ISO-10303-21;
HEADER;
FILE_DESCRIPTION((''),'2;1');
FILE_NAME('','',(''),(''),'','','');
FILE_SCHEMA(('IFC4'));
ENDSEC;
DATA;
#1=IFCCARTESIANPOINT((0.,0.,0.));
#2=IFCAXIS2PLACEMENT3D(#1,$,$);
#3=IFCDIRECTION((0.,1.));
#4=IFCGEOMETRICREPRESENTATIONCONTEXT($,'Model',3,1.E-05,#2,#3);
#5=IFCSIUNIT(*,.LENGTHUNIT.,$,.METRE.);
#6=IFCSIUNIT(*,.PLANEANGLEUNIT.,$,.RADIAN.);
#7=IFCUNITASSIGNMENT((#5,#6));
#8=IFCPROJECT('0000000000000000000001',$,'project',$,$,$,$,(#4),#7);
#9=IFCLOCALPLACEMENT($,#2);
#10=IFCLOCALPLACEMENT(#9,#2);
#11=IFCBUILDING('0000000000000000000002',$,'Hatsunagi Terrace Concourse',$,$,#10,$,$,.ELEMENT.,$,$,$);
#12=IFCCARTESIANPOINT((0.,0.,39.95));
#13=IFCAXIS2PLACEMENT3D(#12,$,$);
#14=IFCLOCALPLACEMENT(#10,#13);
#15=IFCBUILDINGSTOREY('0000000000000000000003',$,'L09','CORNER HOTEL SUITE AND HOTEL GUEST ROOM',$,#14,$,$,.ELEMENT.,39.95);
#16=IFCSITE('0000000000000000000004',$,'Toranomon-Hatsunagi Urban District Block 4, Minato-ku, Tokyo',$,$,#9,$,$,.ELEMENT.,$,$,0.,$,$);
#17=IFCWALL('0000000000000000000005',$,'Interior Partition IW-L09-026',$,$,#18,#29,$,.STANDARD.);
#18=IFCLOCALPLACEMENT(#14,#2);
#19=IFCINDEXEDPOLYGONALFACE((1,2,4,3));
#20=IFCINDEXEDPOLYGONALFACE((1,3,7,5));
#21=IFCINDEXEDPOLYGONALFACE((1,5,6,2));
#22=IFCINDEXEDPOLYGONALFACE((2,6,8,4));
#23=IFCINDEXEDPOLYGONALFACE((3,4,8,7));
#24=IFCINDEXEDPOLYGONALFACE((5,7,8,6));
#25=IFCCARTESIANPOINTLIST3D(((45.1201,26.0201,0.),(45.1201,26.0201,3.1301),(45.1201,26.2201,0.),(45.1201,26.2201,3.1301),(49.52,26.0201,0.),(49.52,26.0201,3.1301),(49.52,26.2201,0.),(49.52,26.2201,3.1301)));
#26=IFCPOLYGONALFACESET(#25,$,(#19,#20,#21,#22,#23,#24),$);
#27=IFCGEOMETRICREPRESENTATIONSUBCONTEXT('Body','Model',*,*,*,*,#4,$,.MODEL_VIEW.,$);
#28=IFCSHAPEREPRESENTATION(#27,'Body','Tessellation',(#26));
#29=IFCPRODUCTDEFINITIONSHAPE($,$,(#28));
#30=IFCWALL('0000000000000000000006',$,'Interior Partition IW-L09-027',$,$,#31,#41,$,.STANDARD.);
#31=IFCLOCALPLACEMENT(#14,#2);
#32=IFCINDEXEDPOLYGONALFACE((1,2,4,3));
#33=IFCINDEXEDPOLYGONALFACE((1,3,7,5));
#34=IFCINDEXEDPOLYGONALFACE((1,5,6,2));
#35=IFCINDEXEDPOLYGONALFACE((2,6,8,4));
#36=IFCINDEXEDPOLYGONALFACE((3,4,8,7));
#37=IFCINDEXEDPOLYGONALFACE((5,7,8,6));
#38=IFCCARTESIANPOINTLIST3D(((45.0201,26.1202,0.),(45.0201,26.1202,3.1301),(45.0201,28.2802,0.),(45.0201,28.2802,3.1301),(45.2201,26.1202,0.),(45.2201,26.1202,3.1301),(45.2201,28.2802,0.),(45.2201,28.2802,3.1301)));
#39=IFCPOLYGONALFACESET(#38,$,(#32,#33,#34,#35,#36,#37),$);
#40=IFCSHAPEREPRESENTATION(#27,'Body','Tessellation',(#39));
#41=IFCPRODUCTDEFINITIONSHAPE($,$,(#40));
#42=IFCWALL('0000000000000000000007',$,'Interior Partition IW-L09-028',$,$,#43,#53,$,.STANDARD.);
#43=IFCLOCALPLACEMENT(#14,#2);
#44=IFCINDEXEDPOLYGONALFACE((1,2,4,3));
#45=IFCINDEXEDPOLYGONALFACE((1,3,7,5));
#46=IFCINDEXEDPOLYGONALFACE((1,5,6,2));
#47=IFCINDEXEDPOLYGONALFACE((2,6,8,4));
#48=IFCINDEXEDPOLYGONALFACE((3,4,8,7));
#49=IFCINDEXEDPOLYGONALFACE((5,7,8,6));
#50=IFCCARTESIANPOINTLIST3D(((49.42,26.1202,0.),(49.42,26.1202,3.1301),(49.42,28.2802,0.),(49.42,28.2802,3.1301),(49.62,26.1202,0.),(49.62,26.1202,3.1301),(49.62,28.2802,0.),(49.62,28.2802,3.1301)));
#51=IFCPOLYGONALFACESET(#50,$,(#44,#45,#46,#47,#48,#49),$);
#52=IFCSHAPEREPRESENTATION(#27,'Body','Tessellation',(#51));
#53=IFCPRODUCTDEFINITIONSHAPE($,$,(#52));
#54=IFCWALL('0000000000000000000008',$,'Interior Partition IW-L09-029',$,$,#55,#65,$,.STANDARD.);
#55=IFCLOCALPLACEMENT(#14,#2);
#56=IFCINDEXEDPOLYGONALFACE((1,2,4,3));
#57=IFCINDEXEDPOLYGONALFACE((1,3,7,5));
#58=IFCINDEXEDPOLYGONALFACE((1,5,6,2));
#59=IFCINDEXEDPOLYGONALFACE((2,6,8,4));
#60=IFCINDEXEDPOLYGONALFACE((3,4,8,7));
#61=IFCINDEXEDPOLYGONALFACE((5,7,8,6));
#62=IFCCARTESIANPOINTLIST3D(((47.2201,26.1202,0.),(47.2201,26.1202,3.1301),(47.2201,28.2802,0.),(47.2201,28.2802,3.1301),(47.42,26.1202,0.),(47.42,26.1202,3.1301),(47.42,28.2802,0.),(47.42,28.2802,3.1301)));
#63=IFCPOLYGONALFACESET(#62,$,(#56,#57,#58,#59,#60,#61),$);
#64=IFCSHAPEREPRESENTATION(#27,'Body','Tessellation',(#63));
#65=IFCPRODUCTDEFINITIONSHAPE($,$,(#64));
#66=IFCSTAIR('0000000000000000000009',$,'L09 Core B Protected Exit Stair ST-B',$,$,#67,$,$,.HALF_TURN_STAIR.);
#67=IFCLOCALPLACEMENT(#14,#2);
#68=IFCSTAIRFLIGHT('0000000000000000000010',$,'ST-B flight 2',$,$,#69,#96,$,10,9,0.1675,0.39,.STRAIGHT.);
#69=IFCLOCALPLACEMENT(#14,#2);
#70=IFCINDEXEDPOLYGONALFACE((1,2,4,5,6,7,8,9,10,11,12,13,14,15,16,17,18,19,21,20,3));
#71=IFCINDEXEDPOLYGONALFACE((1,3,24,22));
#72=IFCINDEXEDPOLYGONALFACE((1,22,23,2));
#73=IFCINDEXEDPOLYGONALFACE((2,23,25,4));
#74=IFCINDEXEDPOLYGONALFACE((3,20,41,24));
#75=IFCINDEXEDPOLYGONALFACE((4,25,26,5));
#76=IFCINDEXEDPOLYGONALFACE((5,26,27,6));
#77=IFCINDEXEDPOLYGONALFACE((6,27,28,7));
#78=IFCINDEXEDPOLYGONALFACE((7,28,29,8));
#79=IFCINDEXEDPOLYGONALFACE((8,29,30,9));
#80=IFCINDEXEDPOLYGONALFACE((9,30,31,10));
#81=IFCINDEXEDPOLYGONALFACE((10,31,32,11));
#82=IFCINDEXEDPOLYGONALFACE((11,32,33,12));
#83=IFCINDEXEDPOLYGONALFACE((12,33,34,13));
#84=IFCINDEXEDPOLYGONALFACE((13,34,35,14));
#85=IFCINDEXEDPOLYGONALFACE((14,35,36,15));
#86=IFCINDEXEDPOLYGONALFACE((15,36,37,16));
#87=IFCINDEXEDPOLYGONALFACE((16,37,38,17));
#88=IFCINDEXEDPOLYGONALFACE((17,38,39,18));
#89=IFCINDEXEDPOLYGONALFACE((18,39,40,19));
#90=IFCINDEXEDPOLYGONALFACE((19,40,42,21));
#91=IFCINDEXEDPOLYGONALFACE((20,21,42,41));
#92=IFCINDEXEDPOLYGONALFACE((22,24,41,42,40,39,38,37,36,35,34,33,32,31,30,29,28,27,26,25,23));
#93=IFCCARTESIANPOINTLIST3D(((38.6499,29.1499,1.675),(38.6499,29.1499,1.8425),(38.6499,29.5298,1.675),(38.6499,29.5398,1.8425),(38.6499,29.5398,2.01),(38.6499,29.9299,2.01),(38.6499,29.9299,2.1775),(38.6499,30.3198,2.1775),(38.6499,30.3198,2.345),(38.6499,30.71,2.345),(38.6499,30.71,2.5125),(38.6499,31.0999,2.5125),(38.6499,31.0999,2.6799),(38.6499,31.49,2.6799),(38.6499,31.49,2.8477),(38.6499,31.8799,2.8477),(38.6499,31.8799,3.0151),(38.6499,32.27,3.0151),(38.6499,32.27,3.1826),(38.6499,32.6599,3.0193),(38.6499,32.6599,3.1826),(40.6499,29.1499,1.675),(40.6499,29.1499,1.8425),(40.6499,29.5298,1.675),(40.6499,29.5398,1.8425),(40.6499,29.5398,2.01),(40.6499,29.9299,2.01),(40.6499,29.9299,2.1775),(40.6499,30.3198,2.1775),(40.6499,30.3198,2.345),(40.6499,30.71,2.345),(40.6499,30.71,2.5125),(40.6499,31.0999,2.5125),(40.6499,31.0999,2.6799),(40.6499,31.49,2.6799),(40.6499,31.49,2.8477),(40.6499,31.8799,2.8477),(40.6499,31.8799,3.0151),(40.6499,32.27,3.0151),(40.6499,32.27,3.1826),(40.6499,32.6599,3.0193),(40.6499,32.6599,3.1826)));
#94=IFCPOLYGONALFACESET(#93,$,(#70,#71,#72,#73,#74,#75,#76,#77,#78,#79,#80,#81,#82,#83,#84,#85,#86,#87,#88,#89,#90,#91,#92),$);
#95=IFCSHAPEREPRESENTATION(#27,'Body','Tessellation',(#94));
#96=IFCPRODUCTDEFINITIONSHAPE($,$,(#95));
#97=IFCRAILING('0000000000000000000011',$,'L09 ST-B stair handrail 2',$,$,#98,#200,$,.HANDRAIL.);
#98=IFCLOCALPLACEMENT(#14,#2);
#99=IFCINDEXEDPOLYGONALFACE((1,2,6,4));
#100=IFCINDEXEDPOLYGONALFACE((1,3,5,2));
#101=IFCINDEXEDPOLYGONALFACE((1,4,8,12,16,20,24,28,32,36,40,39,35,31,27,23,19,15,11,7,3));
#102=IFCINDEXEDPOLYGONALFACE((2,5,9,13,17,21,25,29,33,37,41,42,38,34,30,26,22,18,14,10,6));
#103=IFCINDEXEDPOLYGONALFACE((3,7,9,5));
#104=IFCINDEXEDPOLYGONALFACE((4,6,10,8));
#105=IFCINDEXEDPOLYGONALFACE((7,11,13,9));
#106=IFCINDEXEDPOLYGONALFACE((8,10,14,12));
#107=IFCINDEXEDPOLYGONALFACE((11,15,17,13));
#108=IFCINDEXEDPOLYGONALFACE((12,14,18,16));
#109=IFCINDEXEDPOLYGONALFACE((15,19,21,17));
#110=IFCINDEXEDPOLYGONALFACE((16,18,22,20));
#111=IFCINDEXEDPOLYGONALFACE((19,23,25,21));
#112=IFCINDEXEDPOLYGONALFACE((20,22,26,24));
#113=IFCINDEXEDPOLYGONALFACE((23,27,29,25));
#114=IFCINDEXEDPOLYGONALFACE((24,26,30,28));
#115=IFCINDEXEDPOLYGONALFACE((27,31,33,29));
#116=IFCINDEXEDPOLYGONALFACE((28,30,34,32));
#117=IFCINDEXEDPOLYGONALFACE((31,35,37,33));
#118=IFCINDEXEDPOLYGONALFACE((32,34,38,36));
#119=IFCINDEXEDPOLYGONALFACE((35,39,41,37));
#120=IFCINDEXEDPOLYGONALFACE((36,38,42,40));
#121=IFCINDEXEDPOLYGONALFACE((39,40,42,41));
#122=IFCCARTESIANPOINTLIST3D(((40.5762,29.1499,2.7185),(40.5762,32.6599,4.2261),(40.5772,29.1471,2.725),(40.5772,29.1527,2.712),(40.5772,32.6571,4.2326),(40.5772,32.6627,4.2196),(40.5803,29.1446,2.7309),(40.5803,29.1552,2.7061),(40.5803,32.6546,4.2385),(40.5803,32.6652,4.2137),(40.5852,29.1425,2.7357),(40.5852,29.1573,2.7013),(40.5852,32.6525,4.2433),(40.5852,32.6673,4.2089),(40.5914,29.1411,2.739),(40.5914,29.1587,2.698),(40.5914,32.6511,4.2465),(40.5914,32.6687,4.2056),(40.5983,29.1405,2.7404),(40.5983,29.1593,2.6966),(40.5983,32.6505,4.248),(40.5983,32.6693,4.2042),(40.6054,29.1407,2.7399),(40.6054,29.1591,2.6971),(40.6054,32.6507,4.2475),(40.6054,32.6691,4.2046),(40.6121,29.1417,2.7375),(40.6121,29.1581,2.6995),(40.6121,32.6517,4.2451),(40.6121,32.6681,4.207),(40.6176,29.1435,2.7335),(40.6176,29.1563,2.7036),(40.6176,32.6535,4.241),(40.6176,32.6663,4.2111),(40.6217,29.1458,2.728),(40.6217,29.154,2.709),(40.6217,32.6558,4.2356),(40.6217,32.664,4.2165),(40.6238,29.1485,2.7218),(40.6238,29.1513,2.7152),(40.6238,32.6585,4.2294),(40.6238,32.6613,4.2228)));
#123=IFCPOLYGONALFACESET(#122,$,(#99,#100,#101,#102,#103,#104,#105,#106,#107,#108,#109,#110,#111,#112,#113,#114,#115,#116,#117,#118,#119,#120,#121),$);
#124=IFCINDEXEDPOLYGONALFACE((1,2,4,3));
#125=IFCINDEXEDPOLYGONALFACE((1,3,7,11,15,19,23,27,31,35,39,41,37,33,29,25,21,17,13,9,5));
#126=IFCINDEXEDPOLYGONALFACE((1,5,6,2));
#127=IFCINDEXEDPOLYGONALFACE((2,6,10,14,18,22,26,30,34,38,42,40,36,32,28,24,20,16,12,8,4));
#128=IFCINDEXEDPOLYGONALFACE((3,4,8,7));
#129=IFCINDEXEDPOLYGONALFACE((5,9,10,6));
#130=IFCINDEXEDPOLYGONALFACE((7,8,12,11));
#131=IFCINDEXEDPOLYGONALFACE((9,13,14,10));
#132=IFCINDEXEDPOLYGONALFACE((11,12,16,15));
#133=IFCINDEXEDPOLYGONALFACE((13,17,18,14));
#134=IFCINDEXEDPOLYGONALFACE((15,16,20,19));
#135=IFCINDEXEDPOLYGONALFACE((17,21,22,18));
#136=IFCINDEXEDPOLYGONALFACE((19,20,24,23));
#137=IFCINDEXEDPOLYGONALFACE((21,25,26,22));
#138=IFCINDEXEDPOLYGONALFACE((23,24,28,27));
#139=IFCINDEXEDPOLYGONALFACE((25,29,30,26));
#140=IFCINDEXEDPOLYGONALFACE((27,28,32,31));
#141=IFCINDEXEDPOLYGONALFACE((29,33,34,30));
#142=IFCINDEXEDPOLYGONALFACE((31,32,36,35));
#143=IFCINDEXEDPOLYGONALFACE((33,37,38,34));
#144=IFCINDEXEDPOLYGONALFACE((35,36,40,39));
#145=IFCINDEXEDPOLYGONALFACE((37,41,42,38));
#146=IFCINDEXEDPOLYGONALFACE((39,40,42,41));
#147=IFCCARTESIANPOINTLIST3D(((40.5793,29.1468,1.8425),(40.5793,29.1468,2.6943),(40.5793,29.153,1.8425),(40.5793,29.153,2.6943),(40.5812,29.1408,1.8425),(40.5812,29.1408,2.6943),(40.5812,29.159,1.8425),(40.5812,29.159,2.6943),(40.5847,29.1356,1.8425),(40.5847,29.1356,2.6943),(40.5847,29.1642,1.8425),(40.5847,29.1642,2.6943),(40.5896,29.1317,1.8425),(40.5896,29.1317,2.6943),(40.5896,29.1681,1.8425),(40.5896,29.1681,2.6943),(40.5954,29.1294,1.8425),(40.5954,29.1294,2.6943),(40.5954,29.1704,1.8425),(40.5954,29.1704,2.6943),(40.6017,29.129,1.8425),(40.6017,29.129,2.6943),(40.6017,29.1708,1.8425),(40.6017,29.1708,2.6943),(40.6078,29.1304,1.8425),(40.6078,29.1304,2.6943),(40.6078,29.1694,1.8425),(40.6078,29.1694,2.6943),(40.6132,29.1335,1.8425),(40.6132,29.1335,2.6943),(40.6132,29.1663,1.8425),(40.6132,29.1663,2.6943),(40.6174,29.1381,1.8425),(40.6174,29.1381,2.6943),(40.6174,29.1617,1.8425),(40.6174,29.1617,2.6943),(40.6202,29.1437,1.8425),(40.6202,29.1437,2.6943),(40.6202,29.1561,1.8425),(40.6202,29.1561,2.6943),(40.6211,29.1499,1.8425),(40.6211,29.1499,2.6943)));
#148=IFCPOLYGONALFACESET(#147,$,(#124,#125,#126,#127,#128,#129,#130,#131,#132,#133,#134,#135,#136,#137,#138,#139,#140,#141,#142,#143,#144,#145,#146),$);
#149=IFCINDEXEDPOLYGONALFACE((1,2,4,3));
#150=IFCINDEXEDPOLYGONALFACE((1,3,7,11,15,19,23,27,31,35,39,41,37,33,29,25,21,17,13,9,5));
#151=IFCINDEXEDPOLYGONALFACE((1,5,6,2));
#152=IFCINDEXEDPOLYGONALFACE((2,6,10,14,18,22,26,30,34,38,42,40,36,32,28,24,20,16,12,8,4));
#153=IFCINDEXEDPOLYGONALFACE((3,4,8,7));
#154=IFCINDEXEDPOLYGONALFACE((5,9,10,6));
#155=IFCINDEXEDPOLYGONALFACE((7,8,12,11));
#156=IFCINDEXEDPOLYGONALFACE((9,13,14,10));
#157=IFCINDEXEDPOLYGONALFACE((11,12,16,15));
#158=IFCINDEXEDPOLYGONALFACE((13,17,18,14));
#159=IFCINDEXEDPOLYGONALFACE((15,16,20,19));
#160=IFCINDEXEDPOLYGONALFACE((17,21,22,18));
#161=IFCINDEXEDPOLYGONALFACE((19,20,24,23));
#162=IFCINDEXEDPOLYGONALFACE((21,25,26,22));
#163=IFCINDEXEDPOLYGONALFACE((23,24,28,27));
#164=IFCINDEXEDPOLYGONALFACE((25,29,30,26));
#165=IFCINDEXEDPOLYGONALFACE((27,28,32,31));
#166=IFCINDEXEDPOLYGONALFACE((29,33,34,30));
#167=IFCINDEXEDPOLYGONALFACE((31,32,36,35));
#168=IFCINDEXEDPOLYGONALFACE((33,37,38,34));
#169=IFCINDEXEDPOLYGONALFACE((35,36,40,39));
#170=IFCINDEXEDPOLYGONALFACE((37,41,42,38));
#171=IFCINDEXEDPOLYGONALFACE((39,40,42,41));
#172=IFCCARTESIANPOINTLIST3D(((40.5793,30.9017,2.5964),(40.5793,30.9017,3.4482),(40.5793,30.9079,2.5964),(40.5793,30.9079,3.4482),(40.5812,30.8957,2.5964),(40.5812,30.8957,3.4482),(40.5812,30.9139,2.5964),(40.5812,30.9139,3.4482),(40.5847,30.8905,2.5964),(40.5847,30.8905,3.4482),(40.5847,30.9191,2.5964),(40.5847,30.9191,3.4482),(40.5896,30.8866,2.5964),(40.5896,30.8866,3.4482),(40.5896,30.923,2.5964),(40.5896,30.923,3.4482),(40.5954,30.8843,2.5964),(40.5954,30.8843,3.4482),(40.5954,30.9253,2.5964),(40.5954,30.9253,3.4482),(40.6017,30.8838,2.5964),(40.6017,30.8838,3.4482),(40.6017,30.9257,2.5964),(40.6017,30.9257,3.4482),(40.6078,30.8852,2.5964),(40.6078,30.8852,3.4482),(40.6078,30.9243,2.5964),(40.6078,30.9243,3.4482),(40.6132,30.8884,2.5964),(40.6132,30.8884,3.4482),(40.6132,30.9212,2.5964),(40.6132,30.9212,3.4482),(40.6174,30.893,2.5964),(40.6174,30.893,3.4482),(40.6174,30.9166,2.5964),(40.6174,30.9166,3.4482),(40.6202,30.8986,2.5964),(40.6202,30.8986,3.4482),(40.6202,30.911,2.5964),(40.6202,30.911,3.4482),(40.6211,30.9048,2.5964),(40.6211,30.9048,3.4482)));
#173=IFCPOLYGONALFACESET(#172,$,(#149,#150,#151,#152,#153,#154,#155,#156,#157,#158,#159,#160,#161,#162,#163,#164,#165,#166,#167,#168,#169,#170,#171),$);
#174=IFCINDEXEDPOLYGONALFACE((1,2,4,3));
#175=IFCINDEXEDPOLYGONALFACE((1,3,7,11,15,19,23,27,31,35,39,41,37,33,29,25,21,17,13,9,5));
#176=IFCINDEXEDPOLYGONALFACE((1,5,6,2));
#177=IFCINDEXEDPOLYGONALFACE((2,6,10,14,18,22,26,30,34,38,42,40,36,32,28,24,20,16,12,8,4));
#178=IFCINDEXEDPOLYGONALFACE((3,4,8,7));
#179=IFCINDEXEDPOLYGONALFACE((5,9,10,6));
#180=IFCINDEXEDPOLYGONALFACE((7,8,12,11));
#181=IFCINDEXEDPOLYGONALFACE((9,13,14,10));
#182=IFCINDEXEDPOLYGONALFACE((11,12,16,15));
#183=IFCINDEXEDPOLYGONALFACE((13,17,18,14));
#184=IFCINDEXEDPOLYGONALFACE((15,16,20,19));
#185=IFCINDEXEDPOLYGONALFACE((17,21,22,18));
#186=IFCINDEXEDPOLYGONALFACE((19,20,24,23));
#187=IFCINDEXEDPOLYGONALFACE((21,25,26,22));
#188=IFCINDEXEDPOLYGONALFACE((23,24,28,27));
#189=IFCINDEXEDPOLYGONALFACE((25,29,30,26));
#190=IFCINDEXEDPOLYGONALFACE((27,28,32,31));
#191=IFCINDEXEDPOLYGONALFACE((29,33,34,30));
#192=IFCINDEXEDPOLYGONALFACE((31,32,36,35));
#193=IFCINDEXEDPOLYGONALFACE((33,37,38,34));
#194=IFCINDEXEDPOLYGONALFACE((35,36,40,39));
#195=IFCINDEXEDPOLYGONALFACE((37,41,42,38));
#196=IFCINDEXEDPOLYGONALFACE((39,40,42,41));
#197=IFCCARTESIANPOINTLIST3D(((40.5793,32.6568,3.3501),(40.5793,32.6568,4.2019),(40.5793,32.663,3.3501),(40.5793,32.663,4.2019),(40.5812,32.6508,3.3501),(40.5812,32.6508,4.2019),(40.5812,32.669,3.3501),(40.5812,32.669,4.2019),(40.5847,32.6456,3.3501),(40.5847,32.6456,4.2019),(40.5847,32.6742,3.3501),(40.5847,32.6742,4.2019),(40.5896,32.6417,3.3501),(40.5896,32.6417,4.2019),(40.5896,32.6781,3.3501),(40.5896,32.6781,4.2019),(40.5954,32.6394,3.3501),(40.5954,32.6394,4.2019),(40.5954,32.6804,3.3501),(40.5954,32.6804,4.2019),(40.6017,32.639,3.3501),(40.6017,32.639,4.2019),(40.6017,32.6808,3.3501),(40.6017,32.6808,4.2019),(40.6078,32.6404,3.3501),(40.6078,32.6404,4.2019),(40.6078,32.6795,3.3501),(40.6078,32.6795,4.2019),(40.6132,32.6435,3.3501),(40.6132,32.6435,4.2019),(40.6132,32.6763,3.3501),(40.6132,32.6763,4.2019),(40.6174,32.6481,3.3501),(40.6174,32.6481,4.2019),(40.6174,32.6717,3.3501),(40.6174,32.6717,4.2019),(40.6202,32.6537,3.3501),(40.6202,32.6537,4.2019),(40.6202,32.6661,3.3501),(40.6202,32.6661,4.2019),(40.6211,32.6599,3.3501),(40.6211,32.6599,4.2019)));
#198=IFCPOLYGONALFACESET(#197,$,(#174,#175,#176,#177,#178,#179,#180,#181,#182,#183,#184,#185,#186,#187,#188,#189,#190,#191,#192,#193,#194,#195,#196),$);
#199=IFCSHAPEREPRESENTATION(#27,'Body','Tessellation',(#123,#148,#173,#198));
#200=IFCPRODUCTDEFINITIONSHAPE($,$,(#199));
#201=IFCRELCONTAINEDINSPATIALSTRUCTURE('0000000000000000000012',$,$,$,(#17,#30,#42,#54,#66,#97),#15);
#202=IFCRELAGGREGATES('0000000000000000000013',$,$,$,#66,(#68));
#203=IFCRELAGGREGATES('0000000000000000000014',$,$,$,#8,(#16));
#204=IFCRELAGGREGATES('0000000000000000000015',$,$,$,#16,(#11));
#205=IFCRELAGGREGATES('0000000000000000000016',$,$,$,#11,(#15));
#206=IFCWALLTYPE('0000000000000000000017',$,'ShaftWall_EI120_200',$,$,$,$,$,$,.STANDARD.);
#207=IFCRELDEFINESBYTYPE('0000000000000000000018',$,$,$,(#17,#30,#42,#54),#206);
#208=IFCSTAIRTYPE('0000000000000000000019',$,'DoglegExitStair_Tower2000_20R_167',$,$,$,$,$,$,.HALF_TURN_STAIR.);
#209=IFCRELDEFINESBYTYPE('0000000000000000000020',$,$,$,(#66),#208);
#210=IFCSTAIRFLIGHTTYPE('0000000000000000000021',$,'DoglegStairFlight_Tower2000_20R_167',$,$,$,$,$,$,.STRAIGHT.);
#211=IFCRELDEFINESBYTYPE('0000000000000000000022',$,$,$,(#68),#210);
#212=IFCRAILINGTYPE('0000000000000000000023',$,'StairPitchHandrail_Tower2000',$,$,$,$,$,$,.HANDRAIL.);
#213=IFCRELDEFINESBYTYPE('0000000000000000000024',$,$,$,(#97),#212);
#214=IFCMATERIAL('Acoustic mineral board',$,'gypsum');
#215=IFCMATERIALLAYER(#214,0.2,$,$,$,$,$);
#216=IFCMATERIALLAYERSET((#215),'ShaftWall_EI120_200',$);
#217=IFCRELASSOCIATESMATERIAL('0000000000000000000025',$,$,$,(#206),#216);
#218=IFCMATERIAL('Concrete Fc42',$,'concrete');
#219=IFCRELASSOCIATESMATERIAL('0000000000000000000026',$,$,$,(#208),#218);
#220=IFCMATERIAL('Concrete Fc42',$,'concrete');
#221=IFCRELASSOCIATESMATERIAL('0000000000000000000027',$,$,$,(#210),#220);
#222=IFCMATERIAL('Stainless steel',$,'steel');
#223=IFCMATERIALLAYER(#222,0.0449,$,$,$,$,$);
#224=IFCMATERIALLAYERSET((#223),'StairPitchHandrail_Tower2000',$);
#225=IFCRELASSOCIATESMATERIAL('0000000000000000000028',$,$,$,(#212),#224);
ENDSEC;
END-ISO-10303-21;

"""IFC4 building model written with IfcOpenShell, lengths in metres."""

from ifc_helpers import new_model, si_unit, direction, frame, frame_2d, origin, origin_2d, place, context, subcontext, project, spatial, polyline, rectangle, circle, outline, extrude, material, layer, layer_set, type_object, element, aggregate, save


model = new_model("IFC4")

# Units and contexts
model_context = context("Model", 3, precision=1e-05, world=origin(), true_north=direction((0.0, 1.0)))
body_context = subcontext(model_context, "Body", "Model", "MODEL_VIEW")
ifc_project = project(units=[si_unit("LENGTHUNIT", "METRE"), si_unit("PLANEANGLEUNIT", "RADIAN")], contexts=[model_context])

# Site, building, storey
site_placement = place(None, origin())
site = spatial("IfcSite", under=ifc_project, at=site_placement, Name="Toranomon-Hatsunagi Urban District Block 4, Minato-ku, Tokyo", CompositionType="ELEMENT", RefElevation=0.0)
building_placement = place(site_placement, origin())
building = spatial("IfcBuilding", under=site, at=building_placement, Name="Hatsunagi Terrace Concourse", CompositionType="ELEMENT")
storey_placement = place(building_placement, frame((0.0, 0.0, 39.95)))
storey = spatial("IfcBuildingStorey", under=building, at=storey_placement, Name="L09", Description="CORNER HOTEL SUITE AND HOTEL GUEST ROOM", CompositionType="ELEMENT", Elevation=39.95)

# Walls
ifc_material_1 = material(Name="Acoustic mineral board", Category="gypsum")
ifc_layer_1 = layer(ifc_material_1, 0.2)
ifc_layer_set_1 = layer_set([ifc_layer_1], Name="ShaftWall_EI120_200")
wall_type_1 = type_object("IfcWallType", Name="ShaftWall_EI120_200", PredefinedType="STANDARD", material=ifc_layer_set_1)
wall_1_placement = place(storey_placement, frame((45.1201, 26.1201, 0.0), z_axis=(0.0, 0.0, 1.0), x_axis=(1.0, 0.0, 0.0)))
element("IfcWall", 1, at=wall_1_placement, inside=storey, type_object=wall_type_1, Name="Interior Partition IW-L09-026", PredefinedType="STANDARD", context=body_context, shape_type="SweptSolid", body=[
    extrude(rectangle(XDim=4.3999, YDim=0.2, at=frame_2d((2.2, 0.0))), origin(), (0.0, 0.0, 1.0), 3.1301),
])
for number, where, z_axis, x_axis, name in (
    (2, (45.1201, 26.1201, 0.0), (0.0, 0.0, 1.0), (0.0, 1.0, 0.0), "Interior Partition IW-L09-027"),
    (3, (49.52, 26.1201, 0.0), (0.0, 0.0, 1.0), (0.0, 1.0, 0.0), "Interior Partition IW-L09-028"),
    (4, (47.3201, 26.1201, 0.0), (0.0, 0.0, 1.0), (0.0, 1.0, 0.0), "Interior Partition IW-L09-029"),
):
    element("IfcWall", number, at=place(storey_placement, frame(where, z_axis=z_axis, x_axis=x_axis)), inside=storey, type_object=wall_type_1, Name=name, PredefinedType="STANDARD", context=body_context, shape_type="SweptSolid", body=[
        extrude(rectangle(XDim=2.1599, YDim=0.2, at=frame_2d((1.0801, 0.0))), origin(), (0.0, 0.0, 1.0), 3.1301),
    ])

# Stair, stair flight
ifc_material_2 = material(Name="Concrete Fc42", Category="concrete")
stair_type = type_object("IfcStairType", Name="DoglegExitStair_Tower2000_20R_167", PredefinedType="HALF_TURN_STAIR", material=ifc_material_2)
stair_placement = place(storey_placement, origin())
stair = element("IfcStair", 5, at=stair_placement, inside=storey, type_object=stair_type, Name="L09 Core B Protected Exit Stair ST-B", PredefinedType="HALF_TURN_STAIR")
ifc_material_3 = material(Name="Concrete Fc42", Category="concrete")
stair_flight_type = type_object("IfcStairFlightType", Name="DoglegStairFlight_Tower2000_20R_167", PredefinedType="STRAIGHT", material=ifc_material_3)
stair_flight_placement = place(storey_placement, frame((39.6499, 29.1499, 1.675), z_axis=(0.0, 0.0, 1.0), x_axis=(0.0, 1.0, 0.0)))
stair_flight = element("IfcStairFlight", 6, at=stair_flight_placement, type_object=stair_flight_type, Name="ST-B flight 2", NumberOfRisers=10, NumberOfTreads=9, PredefinedType="STRAIGHT", RiserHeight=0.1675, TreadLength=0.39, context=body_context, shape_type="SweptSolid", body=[
    extrude(outline(polyline([(0.0, 0.0), (0.0, 0.1675), (0.3899, 0.1675), (0.3899, 0.335), (0.78, 0.335), (0.78, 0.5024), (1.1699, 0.5024), (1.1699, 0.6699), (1.5601, 0.6699), (1.5601, 0.8374), (1.95, 0.8374), (1.95, 1.0049), (2.3401, 1.0049), (2.3401, 1.1726), (2.73, 1.1726), (2.73, 1.3401), (3.1201, 1.3401), (3.1201, 1.5076), (3.51, 1.5076), (3.51, 1.675), (3.51, 1.3442), (0.3799, 0.0), (0.0, 0.0)])), frame((0.0, 1.0, 0.0), z_axis=(0.0, -1.0, 0.0), x_axis=(1.0, 0.0, 0.0)), (0.0, 0.0, 1.0), 2.0),
])
aggregate(stair, [stair_flight])

# Railing
ifc_material_4 = material(Name="Stainless steel", Category="steel")
ifc_layer_2 = layer(ifc_material_4, 0.0449)
ifc_layer_set_2 = layer_set([ifc_layer_2], Name="StairPitchHandrail_Tower2000")
railing_type_1 = type_object("IfcRailingType", Name="StairPitchHandrail_Tower2000", PredefinedType="HANDRAIL", material=ifc_layer_set_2)
railing_1_placement = place(storey_placement, frame((40.6001, 29.1499, 1.8425)))
element("IfcRailing", 7, at=railing_1_placement, inside=storey, type_object=railing_type_1, Name="L09 ST-B stair handrail 2", PredefinedType="HANDRAIL", context=body_context, shape_type="SweptSolid", body=[
    extrude(circle(Radius=0.0239, at=origin_2d()), frame((0.0, 0.0, 0.876), z_axis=(0.0, 0.918834, 0.394644), x_axis=(-1.0, 0.0, 0.0)), (0.0, 0.0, 1.0), 3.8201),
    extrude(circle(Radius=0.021, at=origin_2d()), origin(), (0.0, 0.0, 1.0), 0.8518),
    extrude(circle(Radius=0.021, at=origin_2d()), frame((0.0, 1.7549, 0.7539)), (0.0, 0.0, 1.0), 0.8518),
    extrude(circle(Radius=0.021, at=origin_2d()), frame((0.0, 3.51, 1.5076)), (0.0, 0.0, 1.0), 0.8518),
])

save(model, "model.ifc")
